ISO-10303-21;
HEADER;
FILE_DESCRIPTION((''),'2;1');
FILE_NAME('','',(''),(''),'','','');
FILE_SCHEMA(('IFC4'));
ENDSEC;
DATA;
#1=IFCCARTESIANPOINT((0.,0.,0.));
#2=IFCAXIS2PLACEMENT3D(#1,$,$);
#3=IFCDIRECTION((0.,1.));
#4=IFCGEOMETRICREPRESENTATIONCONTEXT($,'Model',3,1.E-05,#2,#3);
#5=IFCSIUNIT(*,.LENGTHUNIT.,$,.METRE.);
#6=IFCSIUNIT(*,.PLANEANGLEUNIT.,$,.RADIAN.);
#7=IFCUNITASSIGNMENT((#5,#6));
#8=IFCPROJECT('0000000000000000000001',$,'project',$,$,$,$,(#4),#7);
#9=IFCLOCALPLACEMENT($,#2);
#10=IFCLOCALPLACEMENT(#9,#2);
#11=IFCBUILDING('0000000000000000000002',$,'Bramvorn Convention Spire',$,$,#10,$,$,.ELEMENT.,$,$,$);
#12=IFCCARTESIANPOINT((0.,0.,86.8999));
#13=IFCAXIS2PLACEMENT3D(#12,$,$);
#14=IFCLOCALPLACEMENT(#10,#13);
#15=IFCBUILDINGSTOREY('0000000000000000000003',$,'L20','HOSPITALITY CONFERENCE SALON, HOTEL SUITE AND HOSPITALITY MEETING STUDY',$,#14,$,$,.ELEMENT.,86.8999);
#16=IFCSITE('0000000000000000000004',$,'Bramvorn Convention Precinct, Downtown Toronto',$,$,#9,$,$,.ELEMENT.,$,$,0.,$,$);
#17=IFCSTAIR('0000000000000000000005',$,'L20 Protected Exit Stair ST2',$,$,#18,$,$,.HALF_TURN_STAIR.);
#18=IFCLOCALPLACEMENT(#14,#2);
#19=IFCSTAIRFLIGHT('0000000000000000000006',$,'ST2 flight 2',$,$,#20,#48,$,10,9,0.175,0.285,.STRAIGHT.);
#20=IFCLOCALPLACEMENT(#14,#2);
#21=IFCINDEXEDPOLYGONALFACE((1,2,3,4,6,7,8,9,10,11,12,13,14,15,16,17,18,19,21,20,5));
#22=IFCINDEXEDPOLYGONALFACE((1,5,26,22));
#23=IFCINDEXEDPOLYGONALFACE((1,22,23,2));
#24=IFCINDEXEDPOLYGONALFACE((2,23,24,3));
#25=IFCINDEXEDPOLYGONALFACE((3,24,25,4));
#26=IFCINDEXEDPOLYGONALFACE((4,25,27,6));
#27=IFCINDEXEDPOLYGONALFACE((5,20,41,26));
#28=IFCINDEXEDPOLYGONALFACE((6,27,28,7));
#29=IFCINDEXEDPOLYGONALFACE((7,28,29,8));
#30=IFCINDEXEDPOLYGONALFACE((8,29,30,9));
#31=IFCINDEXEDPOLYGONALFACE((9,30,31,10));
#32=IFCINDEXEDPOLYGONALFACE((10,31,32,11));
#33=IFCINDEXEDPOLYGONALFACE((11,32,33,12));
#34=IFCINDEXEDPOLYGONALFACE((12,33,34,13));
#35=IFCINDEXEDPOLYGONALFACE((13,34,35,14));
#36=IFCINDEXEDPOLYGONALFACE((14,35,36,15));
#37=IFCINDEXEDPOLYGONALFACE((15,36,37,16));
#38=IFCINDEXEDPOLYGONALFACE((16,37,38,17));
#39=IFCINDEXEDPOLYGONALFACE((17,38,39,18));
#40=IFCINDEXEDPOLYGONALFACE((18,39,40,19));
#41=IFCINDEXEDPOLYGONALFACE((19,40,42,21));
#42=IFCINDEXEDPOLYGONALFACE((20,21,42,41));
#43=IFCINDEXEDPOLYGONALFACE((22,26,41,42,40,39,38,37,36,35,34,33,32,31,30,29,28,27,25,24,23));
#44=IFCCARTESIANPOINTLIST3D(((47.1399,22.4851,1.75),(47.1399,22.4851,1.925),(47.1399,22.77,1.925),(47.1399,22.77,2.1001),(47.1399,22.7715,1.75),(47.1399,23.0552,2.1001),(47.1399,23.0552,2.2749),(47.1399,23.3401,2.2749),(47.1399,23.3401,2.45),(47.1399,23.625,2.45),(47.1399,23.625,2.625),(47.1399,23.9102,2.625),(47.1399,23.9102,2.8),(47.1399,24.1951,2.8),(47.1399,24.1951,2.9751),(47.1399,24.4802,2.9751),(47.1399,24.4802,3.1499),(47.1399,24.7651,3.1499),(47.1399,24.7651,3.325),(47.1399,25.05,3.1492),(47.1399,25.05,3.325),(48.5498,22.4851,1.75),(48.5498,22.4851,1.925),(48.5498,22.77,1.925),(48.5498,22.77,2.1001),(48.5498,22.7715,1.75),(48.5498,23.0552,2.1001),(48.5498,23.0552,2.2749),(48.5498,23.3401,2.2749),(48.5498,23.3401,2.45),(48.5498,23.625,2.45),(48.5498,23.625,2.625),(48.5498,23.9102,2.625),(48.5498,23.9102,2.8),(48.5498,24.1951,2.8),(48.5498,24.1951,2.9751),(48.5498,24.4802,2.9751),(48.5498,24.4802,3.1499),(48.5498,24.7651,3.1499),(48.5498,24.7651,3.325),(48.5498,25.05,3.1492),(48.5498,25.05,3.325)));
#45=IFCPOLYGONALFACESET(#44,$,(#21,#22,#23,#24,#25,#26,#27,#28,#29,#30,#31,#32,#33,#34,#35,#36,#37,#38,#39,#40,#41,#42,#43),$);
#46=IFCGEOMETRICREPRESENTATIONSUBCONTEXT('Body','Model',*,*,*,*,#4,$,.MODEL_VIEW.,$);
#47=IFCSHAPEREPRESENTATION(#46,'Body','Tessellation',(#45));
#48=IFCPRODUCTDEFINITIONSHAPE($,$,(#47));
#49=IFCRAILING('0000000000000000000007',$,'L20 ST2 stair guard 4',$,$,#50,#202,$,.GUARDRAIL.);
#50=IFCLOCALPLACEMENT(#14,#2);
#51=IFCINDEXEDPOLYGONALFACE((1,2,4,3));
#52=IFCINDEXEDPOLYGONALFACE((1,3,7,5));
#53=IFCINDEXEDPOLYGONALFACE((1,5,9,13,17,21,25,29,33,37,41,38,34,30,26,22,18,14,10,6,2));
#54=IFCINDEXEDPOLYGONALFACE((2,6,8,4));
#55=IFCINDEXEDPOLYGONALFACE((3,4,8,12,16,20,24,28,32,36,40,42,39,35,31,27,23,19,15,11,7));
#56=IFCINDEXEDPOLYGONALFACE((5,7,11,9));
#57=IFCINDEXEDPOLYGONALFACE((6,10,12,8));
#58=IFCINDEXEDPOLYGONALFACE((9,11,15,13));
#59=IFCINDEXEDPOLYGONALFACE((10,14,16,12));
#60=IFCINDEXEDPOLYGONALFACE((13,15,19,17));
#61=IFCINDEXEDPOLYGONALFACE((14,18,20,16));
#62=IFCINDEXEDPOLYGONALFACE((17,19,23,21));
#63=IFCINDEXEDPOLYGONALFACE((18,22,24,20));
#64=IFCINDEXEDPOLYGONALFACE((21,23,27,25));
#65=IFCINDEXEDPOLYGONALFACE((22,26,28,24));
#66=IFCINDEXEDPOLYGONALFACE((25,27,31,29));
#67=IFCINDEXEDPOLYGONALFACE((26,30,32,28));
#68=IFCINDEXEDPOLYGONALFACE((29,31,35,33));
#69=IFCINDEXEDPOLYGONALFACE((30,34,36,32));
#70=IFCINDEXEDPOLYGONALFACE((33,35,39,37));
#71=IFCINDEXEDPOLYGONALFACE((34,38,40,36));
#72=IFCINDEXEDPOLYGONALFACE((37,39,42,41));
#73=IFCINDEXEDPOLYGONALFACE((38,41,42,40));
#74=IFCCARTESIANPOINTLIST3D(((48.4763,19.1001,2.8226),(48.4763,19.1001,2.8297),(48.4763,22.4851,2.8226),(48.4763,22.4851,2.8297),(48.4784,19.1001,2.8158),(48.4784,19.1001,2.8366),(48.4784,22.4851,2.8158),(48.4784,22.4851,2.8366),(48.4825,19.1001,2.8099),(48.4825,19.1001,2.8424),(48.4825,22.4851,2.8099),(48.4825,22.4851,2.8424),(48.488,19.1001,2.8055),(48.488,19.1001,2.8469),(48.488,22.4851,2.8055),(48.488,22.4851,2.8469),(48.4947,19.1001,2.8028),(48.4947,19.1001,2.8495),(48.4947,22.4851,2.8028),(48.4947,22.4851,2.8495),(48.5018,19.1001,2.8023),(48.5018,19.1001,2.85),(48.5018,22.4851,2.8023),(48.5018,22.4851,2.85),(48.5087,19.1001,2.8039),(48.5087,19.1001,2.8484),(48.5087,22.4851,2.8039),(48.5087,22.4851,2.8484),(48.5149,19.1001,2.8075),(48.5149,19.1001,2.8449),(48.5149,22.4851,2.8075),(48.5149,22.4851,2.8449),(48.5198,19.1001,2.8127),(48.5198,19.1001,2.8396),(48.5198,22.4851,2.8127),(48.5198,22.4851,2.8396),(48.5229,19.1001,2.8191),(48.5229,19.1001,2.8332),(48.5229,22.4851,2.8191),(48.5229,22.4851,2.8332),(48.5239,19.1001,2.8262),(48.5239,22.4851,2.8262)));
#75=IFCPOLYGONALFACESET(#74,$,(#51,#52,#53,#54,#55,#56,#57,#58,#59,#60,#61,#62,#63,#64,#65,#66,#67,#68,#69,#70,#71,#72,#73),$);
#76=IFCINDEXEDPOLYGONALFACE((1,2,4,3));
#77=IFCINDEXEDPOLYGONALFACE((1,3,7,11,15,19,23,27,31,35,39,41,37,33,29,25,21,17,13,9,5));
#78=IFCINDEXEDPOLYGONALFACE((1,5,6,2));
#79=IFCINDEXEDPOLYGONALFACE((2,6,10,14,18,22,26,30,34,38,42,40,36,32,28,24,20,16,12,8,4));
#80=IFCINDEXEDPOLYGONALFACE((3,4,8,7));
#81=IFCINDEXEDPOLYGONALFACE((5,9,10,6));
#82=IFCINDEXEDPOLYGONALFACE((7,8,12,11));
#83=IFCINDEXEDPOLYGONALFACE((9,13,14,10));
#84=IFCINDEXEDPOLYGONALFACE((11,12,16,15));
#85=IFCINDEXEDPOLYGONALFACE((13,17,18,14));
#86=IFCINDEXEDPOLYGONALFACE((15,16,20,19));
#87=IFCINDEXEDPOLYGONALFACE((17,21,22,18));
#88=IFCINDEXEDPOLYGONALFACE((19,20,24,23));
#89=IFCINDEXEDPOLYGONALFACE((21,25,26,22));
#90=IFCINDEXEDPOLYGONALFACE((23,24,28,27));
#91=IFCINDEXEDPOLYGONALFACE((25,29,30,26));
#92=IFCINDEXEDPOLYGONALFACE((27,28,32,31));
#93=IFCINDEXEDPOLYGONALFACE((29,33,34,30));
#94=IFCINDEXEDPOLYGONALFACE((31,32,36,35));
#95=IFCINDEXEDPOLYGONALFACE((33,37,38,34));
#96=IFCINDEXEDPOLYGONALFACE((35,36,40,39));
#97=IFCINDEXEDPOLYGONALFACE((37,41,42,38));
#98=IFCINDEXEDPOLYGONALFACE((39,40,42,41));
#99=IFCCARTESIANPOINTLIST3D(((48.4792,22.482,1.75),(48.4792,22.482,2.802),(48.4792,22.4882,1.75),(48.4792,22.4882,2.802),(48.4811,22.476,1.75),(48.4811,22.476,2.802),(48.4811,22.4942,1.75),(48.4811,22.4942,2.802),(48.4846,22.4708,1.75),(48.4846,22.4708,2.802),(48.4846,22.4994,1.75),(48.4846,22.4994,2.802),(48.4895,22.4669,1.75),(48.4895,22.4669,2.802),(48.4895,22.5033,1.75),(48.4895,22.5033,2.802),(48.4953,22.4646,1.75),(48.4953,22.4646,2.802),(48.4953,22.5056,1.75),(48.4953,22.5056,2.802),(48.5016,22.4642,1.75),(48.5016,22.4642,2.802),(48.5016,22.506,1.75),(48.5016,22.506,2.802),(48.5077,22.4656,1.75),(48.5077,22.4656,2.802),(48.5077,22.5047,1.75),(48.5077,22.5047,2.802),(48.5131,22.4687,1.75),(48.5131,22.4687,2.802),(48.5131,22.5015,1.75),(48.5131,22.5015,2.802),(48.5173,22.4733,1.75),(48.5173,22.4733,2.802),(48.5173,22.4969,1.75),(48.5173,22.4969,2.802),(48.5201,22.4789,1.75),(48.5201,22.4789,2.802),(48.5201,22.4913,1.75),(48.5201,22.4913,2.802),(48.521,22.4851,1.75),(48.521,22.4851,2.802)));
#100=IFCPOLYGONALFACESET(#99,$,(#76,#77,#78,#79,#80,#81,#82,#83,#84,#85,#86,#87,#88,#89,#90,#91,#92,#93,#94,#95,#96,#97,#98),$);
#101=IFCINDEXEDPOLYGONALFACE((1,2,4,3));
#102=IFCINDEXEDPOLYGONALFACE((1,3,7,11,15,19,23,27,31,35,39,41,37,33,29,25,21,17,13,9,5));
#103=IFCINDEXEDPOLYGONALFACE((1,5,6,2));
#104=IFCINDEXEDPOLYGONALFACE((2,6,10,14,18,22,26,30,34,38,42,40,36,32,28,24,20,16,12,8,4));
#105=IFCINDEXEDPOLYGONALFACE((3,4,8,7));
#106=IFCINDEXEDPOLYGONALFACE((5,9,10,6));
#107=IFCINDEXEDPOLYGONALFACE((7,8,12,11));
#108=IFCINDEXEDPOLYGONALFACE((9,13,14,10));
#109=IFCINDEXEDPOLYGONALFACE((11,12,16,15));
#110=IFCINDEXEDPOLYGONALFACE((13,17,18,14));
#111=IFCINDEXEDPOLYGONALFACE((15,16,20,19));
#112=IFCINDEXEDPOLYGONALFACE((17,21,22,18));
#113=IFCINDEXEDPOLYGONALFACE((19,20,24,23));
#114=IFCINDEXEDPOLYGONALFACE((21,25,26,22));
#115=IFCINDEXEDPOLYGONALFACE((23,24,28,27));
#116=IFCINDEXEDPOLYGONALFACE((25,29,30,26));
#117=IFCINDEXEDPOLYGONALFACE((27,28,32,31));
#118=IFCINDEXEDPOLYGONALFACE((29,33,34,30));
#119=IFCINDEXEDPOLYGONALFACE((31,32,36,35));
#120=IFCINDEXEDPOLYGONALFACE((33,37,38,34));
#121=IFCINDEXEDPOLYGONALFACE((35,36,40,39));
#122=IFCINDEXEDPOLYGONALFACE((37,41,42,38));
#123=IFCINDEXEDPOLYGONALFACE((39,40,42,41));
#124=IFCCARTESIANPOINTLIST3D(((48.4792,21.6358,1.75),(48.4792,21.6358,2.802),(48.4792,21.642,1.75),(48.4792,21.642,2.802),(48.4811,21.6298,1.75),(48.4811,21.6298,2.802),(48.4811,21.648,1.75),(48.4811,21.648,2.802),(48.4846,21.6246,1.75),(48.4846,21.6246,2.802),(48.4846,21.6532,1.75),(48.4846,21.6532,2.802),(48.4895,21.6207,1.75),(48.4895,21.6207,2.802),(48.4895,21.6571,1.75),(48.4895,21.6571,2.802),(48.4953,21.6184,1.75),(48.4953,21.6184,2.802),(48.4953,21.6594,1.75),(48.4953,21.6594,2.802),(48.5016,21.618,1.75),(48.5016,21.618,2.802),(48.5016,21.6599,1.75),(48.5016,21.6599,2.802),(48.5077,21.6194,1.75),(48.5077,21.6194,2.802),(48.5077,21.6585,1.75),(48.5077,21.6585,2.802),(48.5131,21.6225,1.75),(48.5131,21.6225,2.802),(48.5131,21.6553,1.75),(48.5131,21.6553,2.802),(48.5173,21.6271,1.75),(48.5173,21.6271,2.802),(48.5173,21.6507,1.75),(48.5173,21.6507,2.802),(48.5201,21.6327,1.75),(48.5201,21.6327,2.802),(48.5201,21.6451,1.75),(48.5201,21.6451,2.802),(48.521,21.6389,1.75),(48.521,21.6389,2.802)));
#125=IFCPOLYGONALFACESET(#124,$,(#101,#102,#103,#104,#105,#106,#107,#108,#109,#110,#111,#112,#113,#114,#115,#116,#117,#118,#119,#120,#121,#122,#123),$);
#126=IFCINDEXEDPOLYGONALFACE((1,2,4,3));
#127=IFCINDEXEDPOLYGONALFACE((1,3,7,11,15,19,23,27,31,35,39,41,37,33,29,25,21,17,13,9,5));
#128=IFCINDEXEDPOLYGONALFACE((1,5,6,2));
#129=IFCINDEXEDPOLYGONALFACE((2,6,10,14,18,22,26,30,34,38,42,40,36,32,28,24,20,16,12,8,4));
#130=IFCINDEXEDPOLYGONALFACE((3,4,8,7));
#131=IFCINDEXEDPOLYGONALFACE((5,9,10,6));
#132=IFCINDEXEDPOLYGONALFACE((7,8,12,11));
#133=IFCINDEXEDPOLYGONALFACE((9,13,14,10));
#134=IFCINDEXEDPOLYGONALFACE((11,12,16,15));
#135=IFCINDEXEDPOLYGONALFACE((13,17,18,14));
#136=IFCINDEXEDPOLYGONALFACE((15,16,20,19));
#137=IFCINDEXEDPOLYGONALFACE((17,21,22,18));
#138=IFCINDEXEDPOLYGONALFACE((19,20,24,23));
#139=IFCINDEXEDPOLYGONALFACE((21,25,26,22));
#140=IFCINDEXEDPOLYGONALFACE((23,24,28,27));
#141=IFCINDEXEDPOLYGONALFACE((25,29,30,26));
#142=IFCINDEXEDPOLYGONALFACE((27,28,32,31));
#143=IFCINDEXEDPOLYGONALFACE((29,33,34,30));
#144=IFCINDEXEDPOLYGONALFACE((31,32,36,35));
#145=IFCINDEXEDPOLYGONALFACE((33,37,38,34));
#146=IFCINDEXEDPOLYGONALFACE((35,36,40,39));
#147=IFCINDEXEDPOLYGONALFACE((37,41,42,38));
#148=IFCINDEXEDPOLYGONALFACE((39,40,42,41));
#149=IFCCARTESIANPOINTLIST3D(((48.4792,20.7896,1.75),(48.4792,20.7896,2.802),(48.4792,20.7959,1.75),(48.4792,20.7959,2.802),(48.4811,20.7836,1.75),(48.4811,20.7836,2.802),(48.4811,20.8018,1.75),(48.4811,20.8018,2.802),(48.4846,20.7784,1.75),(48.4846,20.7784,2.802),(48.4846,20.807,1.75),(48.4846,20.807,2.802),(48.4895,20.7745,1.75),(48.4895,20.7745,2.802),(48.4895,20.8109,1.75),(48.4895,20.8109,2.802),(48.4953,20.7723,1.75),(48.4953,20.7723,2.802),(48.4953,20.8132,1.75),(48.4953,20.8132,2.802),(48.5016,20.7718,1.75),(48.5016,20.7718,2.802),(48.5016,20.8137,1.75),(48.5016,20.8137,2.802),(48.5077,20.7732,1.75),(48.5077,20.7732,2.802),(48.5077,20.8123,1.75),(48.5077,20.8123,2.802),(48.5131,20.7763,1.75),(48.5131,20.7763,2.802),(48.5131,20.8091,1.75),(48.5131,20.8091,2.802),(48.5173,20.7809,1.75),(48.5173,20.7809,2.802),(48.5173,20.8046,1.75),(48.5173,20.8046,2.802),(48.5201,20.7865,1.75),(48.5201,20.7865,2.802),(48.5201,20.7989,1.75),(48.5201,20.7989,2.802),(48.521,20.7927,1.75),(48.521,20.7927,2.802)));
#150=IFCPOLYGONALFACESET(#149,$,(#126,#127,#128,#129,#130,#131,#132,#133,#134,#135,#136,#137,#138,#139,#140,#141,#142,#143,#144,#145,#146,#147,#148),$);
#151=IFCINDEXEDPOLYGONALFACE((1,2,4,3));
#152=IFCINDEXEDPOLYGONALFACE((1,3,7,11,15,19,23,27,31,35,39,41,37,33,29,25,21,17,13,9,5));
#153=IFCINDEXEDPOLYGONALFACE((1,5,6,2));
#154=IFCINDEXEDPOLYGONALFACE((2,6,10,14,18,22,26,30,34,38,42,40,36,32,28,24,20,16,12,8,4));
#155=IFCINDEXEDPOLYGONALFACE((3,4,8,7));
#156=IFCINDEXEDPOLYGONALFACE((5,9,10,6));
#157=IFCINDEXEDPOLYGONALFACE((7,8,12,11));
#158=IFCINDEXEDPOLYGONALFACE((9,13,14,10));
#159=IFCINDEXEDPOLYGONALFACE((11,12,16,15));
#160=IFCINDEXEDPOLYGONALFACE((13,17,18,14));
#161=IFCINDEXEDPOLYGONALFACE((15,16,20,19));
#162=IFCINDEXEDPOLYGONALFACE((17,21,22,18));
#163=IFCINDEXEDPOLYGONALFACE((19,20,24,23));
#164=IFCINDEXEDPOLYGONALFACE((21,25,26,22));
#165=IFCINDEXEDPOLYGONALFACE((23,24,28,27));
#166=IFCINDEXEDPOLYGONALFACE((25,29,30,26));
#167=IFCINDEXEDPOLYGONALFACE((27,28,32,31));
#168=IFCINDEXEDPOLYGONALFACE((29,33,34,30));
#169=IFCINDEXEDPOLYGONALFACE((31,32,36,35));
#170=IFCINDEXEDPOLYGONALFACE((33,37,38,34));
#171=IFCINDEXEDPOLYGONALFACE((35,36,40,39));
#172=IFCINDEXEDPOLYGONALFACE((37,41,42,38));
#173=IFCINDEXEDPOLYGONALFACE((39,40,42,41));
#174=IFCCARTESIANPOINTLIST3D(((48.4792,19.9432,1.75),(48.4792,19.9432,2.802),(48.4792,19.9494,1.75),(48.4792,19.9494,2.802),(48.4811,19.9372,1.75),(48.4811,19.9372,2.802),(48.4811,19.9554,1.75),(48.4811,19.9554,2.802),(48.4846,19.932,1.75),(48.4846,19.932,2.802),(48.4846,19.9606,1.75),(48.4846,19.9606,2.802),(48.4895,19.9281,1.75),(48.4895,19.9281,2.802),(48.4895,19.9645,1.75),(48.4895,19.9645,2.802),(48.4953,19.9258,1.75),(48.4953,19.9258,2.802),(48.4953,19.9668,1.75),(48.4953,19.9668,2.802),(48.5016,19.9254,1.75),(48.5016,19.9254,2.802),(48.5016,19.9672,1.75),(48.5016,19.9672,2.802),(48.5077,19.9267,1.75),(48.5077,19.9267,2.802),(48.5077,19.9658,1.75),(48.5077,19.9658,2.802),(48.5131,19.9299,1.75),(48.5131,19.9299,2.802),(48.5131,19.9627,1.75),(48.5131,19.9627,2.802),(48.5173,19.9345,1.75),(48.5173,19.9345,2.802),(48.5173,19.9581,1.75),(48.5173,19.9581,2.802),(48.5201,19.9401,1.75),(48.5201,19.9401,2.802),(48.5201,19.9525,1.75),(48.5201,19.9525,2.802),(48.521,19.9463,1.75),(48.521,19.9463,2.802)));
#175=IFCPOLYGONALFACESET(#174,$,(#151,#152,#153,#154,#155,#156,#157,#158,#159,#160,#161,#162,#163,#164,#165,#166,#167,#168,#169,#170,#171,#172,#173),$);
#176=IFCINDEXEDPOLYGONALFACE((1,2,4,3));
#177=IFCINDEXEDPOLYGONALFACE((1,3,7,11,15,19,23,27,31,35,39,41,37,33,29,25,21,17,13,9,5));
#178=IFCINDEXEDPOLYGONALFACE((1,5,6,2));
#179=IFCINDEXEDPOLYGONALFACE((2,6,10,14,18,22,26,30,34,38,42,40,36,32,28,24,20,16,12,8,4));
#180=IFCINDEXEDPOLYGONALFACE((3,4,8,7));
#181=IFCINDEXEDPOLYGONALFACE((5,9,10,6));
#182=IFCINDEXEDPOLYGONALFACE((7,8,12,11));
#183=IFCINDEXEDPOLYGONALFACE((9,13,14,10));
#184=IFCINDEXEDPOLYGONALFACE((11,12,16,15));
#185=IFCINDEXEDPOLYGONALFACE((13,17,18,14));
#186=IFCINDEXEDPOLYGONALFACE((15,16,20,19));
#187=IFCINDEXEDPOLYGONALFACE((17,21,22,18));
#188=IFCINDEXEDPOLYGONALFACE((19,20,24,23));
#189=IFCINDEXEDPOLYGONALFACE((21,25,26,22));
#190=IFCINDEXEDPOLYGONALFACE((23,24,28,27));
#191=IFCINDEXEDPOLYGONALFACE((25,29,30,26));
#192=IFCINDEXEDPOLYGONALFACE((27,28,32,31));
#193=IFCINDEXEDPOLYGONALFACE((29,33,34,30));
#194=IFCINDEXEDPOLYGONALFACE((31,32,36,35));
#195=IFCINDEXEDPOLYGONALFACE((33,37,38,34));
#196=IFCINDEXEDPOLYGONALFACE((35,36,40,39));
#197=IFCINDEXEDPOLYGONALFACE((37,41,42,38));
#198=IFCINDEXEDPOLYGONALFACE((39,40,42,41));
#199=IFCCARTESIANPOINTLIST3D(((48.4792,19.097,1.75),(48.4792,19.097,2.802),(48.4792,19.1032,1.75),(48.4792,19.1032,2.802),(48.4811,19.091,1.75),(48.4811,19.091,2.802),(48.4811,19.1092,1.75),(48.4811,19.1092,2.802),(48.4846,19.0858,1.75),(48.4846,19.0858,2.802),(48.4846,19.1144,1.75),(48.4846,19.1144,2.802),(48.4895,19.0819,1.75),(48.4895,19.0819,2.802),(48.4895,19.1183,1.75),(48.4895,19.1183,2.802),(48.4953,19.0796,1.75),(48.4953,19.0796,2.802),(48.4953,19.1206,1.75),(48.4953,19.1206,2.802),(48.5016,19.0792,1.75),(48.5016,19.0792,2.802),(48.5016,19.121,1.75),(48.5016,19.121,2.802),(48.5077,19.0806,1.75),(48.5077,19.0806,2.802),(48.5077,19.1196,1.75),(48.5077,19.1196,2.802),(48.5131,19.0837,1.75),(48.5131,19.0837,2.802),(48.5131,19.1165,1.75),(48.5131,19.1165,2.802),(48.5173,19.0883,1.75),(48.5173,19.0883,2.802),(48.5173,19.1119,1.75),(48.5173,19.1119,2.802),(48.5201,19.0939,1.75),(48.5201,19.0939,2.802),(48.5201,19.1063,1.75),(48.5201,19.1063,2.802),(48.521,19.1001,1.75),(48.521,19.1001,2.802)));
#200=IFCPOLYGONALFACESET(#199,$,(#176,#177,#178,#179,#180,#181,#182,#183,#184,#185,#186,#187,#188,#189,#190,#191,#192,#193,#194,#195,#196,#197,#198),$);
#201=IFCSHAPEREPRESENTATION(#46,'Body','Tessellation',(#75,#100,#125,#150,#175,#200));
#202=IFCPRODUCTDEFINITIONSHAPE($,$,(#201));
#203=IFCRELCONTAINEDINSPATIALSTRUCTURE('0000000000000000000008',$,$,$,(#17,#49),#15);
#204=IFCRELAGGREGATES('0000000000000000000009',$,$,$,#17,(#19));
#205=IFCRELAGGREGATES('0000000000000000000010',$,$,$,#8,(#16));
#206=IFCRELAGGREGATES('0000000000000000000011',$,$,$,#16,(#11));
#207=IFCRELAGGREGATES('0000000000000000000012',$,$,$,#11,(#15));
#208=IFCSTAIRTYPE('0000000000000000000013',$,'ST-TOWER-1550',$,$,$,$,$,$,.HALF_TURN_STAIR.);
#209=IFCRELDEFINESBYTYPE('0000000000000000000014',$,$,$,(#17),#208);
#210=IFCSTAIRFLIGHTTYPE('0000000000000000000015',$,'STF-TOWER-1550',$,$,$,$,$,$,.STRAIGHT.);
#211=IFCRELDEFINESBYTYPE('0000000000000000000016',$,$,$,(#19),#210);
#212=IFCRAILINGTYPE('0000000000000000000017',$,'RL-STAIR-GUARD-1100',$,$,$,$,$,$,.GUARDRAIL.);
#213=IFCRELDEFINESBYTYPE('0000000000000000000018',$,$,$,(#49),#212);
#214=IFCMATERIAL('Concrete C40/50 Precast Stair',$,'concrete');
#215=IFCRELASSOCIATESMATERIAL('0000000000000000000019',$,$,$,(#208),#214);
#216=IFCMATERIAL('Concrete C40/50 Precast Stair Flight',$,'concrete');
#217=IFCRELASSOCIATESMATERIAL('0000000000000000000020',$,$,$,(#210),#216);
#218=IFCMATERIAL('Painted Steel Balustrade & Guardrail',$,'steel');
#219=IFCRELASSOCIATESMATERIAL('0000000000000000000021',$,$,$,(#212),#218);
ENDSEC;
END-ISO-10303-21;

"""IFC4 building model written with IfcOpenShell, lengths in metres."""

from ifc_helpers import new_model, si_unit, direction, frame, origin, origin_2d, place, context, subcontext, project, spatial, polyline, circle, outline, extrude, material, type_object, element, aggregate, save


model = new_model("IFC4")

# Units and contexts
model_context = context("Model", 3, precision=1e-05, world=origin(), true_north=direction((0.0, 1.0)))
body_context = subcontext(model_context, "Body", "Model", "MODEL_VIEW")
ifc_project = project(units=[si_unit("LENGTHUNIT", "METRE"), si_unit("PLANEANGLEUNIT", "RADIAN")], contexts=[model_context])

# Site, building, storey
site_placement = place(None, origin())
site = spatial("IfcSite", under=ifc_project, at=site_placement, Name="Bramvorn Convention Precinct, Downtown Toronto", CompositionType="ELEMENT", RefElevation=0.0)
building_placement = place(site_placement, origin())
building = spatial("IfcBuilding", under=site, at=building_placement, Name="Bramvorn Convention Spire", CompositionType="ELEMENT")
storey_placement = place(building_placement, frame((0.0, 0.0, 86.8999)))
storey = spatial("IfcBuildingStorey", under=building, at=storey_placement, Name="L20", Description="HOSPITALITY CONFERENCE SALON, HOTEL SUITE AND HOSPITALITY MEETING STUDY", CompositionType="ELEMENT", Elevation=86.8999)

# Stair, stair flight
ifc_material_1 = material(Name="Concrete C40/50 Precast Stair", Category="concrete")
stair_type = type_object("IfcStairType", Name="ST-TOWER-1550", PredefinedType="HALF_TURN_STAIR", material=ifc_material_1)
stair_placement = place(storey_placement, origin())
stair = element("IfcStair", 1, at=stair_placement, inside=storey, type_object=stair_type, Name="L20 Protected Exit Stair ST2", PredefinedType="HALF_TURN_STAIR")
ifc_material_2 = material(Name="Concrete C40/50 Precast Stair Flight", Category="concrete")
stair_flight_type = type_object("IfcStairFlightType", Name="STF-TOWER-1550", PredefinedType="STRAIGHT", material=ifc_material_2)
stair_flight_placement = place(storey_placement, frame((47.845, 22.4851, 1.75), z_axis=(0.0, 0.0, 1.0), x_axis=(0.0, 1.0, 0.0)))
stair_flight = element("IfcStairFlight", 2, at=stair_flight_placement, type_object=stair_flight_type, Name="ST2 flight 2", NumberOfRisers=10, NumberOfTreads=9, PredefinedType="STRAIGHT", RiserHeight=0.175, TreadLength=0.285, context=body_context, shape_type="SweptSolid", body=[
    extrude(outline(polyline([(0.0, 0.0), (0.0, 0.175), (0.2849, 0.175), (0.2849, 0.3501), (0.5701, 0.3501), (0.5701, 0.5249), (0.855, 0.5249), (0.855, 0.7), (1.1399, 0.7), (1.1399, 0.875), (1.425, 0.875), (1.425, 1.05), (1.71, 1.05), (1.71, 1.2251), (1.9951, 1.2251), (1.9951, 1.3999), (2.28, 1.3999), (2.28, 1.575), (2.5649, 1.575), (2.5649, 1.75), (2.5649, 1.3992), (0.2864, 0.0), (0.0, 0.0)])), frame((0.0, 0.7051, 0.0), z_axis=(0.0, -1.0, 0.0), x_axis=(1.0, 0.0, 0.0)), (0.0, 0.0, 1.0), 1.4099),
])
aggregate(stair, [stair_flight])

# Railing
ifc_material_3 = material(Name="Painted Steel Balustrade & Guardrail", Category="steel")
railing_type_1 = type_object("IfcRailingType", Name="RL-STAIR-GUARD-1100", PredefinedType="GUARDRAIL", material=ifc_material_3)
railing_1_placement = place(storey_placement, frame((48.5, 22.4851, 1.75)))
element("IfcRailing", 3, at=railing_1_placement, inside=storey, type_object=railing_type_1, Name="L20 ST2 stair guard 4", PredefinedType="GUARDRAIL", context=body_context, shape_type="SweptSolid", body=[
    extrude(circle(Radius=0.0239, at=origin_2d()), frame((0.0, 0.0, 1.0762), z_axis=(0.0, -1.0, 0.0), x_axis=(1.0, 0.0, 0.0)), (0.0, 0.0, 1.0), 3.385),
    extrude(circle(Radius=0.021, at=origin_2d()), origin(), (0.0, 0.0, 1.0), 1.052),
    extrude(circle(Radius=0.021, at=origin_2d()), frame((0.0, -0.8462, 0.0)), (0.0, 0.0, 1.0), 1.052),
    extrude(circle(Radius=0.021, at=origin_2d()), frame((0.0, -1.6924, 0.0)), (0.0, 0.0, 1.0), 1.052),
    extrude(circle(Radius=0.021, at=origin_2d()), frame((0.0, -2.5388, 0.0)), (0.0, 0.0, 1.0), 1.052),
    extrude(circle(Radius=0.021, at=origin_2d()), frame((0.0, -3.385, 0.0)), (0.0, 0.0, 1.0), 1.052),
])

save(model, "model.ifc")
